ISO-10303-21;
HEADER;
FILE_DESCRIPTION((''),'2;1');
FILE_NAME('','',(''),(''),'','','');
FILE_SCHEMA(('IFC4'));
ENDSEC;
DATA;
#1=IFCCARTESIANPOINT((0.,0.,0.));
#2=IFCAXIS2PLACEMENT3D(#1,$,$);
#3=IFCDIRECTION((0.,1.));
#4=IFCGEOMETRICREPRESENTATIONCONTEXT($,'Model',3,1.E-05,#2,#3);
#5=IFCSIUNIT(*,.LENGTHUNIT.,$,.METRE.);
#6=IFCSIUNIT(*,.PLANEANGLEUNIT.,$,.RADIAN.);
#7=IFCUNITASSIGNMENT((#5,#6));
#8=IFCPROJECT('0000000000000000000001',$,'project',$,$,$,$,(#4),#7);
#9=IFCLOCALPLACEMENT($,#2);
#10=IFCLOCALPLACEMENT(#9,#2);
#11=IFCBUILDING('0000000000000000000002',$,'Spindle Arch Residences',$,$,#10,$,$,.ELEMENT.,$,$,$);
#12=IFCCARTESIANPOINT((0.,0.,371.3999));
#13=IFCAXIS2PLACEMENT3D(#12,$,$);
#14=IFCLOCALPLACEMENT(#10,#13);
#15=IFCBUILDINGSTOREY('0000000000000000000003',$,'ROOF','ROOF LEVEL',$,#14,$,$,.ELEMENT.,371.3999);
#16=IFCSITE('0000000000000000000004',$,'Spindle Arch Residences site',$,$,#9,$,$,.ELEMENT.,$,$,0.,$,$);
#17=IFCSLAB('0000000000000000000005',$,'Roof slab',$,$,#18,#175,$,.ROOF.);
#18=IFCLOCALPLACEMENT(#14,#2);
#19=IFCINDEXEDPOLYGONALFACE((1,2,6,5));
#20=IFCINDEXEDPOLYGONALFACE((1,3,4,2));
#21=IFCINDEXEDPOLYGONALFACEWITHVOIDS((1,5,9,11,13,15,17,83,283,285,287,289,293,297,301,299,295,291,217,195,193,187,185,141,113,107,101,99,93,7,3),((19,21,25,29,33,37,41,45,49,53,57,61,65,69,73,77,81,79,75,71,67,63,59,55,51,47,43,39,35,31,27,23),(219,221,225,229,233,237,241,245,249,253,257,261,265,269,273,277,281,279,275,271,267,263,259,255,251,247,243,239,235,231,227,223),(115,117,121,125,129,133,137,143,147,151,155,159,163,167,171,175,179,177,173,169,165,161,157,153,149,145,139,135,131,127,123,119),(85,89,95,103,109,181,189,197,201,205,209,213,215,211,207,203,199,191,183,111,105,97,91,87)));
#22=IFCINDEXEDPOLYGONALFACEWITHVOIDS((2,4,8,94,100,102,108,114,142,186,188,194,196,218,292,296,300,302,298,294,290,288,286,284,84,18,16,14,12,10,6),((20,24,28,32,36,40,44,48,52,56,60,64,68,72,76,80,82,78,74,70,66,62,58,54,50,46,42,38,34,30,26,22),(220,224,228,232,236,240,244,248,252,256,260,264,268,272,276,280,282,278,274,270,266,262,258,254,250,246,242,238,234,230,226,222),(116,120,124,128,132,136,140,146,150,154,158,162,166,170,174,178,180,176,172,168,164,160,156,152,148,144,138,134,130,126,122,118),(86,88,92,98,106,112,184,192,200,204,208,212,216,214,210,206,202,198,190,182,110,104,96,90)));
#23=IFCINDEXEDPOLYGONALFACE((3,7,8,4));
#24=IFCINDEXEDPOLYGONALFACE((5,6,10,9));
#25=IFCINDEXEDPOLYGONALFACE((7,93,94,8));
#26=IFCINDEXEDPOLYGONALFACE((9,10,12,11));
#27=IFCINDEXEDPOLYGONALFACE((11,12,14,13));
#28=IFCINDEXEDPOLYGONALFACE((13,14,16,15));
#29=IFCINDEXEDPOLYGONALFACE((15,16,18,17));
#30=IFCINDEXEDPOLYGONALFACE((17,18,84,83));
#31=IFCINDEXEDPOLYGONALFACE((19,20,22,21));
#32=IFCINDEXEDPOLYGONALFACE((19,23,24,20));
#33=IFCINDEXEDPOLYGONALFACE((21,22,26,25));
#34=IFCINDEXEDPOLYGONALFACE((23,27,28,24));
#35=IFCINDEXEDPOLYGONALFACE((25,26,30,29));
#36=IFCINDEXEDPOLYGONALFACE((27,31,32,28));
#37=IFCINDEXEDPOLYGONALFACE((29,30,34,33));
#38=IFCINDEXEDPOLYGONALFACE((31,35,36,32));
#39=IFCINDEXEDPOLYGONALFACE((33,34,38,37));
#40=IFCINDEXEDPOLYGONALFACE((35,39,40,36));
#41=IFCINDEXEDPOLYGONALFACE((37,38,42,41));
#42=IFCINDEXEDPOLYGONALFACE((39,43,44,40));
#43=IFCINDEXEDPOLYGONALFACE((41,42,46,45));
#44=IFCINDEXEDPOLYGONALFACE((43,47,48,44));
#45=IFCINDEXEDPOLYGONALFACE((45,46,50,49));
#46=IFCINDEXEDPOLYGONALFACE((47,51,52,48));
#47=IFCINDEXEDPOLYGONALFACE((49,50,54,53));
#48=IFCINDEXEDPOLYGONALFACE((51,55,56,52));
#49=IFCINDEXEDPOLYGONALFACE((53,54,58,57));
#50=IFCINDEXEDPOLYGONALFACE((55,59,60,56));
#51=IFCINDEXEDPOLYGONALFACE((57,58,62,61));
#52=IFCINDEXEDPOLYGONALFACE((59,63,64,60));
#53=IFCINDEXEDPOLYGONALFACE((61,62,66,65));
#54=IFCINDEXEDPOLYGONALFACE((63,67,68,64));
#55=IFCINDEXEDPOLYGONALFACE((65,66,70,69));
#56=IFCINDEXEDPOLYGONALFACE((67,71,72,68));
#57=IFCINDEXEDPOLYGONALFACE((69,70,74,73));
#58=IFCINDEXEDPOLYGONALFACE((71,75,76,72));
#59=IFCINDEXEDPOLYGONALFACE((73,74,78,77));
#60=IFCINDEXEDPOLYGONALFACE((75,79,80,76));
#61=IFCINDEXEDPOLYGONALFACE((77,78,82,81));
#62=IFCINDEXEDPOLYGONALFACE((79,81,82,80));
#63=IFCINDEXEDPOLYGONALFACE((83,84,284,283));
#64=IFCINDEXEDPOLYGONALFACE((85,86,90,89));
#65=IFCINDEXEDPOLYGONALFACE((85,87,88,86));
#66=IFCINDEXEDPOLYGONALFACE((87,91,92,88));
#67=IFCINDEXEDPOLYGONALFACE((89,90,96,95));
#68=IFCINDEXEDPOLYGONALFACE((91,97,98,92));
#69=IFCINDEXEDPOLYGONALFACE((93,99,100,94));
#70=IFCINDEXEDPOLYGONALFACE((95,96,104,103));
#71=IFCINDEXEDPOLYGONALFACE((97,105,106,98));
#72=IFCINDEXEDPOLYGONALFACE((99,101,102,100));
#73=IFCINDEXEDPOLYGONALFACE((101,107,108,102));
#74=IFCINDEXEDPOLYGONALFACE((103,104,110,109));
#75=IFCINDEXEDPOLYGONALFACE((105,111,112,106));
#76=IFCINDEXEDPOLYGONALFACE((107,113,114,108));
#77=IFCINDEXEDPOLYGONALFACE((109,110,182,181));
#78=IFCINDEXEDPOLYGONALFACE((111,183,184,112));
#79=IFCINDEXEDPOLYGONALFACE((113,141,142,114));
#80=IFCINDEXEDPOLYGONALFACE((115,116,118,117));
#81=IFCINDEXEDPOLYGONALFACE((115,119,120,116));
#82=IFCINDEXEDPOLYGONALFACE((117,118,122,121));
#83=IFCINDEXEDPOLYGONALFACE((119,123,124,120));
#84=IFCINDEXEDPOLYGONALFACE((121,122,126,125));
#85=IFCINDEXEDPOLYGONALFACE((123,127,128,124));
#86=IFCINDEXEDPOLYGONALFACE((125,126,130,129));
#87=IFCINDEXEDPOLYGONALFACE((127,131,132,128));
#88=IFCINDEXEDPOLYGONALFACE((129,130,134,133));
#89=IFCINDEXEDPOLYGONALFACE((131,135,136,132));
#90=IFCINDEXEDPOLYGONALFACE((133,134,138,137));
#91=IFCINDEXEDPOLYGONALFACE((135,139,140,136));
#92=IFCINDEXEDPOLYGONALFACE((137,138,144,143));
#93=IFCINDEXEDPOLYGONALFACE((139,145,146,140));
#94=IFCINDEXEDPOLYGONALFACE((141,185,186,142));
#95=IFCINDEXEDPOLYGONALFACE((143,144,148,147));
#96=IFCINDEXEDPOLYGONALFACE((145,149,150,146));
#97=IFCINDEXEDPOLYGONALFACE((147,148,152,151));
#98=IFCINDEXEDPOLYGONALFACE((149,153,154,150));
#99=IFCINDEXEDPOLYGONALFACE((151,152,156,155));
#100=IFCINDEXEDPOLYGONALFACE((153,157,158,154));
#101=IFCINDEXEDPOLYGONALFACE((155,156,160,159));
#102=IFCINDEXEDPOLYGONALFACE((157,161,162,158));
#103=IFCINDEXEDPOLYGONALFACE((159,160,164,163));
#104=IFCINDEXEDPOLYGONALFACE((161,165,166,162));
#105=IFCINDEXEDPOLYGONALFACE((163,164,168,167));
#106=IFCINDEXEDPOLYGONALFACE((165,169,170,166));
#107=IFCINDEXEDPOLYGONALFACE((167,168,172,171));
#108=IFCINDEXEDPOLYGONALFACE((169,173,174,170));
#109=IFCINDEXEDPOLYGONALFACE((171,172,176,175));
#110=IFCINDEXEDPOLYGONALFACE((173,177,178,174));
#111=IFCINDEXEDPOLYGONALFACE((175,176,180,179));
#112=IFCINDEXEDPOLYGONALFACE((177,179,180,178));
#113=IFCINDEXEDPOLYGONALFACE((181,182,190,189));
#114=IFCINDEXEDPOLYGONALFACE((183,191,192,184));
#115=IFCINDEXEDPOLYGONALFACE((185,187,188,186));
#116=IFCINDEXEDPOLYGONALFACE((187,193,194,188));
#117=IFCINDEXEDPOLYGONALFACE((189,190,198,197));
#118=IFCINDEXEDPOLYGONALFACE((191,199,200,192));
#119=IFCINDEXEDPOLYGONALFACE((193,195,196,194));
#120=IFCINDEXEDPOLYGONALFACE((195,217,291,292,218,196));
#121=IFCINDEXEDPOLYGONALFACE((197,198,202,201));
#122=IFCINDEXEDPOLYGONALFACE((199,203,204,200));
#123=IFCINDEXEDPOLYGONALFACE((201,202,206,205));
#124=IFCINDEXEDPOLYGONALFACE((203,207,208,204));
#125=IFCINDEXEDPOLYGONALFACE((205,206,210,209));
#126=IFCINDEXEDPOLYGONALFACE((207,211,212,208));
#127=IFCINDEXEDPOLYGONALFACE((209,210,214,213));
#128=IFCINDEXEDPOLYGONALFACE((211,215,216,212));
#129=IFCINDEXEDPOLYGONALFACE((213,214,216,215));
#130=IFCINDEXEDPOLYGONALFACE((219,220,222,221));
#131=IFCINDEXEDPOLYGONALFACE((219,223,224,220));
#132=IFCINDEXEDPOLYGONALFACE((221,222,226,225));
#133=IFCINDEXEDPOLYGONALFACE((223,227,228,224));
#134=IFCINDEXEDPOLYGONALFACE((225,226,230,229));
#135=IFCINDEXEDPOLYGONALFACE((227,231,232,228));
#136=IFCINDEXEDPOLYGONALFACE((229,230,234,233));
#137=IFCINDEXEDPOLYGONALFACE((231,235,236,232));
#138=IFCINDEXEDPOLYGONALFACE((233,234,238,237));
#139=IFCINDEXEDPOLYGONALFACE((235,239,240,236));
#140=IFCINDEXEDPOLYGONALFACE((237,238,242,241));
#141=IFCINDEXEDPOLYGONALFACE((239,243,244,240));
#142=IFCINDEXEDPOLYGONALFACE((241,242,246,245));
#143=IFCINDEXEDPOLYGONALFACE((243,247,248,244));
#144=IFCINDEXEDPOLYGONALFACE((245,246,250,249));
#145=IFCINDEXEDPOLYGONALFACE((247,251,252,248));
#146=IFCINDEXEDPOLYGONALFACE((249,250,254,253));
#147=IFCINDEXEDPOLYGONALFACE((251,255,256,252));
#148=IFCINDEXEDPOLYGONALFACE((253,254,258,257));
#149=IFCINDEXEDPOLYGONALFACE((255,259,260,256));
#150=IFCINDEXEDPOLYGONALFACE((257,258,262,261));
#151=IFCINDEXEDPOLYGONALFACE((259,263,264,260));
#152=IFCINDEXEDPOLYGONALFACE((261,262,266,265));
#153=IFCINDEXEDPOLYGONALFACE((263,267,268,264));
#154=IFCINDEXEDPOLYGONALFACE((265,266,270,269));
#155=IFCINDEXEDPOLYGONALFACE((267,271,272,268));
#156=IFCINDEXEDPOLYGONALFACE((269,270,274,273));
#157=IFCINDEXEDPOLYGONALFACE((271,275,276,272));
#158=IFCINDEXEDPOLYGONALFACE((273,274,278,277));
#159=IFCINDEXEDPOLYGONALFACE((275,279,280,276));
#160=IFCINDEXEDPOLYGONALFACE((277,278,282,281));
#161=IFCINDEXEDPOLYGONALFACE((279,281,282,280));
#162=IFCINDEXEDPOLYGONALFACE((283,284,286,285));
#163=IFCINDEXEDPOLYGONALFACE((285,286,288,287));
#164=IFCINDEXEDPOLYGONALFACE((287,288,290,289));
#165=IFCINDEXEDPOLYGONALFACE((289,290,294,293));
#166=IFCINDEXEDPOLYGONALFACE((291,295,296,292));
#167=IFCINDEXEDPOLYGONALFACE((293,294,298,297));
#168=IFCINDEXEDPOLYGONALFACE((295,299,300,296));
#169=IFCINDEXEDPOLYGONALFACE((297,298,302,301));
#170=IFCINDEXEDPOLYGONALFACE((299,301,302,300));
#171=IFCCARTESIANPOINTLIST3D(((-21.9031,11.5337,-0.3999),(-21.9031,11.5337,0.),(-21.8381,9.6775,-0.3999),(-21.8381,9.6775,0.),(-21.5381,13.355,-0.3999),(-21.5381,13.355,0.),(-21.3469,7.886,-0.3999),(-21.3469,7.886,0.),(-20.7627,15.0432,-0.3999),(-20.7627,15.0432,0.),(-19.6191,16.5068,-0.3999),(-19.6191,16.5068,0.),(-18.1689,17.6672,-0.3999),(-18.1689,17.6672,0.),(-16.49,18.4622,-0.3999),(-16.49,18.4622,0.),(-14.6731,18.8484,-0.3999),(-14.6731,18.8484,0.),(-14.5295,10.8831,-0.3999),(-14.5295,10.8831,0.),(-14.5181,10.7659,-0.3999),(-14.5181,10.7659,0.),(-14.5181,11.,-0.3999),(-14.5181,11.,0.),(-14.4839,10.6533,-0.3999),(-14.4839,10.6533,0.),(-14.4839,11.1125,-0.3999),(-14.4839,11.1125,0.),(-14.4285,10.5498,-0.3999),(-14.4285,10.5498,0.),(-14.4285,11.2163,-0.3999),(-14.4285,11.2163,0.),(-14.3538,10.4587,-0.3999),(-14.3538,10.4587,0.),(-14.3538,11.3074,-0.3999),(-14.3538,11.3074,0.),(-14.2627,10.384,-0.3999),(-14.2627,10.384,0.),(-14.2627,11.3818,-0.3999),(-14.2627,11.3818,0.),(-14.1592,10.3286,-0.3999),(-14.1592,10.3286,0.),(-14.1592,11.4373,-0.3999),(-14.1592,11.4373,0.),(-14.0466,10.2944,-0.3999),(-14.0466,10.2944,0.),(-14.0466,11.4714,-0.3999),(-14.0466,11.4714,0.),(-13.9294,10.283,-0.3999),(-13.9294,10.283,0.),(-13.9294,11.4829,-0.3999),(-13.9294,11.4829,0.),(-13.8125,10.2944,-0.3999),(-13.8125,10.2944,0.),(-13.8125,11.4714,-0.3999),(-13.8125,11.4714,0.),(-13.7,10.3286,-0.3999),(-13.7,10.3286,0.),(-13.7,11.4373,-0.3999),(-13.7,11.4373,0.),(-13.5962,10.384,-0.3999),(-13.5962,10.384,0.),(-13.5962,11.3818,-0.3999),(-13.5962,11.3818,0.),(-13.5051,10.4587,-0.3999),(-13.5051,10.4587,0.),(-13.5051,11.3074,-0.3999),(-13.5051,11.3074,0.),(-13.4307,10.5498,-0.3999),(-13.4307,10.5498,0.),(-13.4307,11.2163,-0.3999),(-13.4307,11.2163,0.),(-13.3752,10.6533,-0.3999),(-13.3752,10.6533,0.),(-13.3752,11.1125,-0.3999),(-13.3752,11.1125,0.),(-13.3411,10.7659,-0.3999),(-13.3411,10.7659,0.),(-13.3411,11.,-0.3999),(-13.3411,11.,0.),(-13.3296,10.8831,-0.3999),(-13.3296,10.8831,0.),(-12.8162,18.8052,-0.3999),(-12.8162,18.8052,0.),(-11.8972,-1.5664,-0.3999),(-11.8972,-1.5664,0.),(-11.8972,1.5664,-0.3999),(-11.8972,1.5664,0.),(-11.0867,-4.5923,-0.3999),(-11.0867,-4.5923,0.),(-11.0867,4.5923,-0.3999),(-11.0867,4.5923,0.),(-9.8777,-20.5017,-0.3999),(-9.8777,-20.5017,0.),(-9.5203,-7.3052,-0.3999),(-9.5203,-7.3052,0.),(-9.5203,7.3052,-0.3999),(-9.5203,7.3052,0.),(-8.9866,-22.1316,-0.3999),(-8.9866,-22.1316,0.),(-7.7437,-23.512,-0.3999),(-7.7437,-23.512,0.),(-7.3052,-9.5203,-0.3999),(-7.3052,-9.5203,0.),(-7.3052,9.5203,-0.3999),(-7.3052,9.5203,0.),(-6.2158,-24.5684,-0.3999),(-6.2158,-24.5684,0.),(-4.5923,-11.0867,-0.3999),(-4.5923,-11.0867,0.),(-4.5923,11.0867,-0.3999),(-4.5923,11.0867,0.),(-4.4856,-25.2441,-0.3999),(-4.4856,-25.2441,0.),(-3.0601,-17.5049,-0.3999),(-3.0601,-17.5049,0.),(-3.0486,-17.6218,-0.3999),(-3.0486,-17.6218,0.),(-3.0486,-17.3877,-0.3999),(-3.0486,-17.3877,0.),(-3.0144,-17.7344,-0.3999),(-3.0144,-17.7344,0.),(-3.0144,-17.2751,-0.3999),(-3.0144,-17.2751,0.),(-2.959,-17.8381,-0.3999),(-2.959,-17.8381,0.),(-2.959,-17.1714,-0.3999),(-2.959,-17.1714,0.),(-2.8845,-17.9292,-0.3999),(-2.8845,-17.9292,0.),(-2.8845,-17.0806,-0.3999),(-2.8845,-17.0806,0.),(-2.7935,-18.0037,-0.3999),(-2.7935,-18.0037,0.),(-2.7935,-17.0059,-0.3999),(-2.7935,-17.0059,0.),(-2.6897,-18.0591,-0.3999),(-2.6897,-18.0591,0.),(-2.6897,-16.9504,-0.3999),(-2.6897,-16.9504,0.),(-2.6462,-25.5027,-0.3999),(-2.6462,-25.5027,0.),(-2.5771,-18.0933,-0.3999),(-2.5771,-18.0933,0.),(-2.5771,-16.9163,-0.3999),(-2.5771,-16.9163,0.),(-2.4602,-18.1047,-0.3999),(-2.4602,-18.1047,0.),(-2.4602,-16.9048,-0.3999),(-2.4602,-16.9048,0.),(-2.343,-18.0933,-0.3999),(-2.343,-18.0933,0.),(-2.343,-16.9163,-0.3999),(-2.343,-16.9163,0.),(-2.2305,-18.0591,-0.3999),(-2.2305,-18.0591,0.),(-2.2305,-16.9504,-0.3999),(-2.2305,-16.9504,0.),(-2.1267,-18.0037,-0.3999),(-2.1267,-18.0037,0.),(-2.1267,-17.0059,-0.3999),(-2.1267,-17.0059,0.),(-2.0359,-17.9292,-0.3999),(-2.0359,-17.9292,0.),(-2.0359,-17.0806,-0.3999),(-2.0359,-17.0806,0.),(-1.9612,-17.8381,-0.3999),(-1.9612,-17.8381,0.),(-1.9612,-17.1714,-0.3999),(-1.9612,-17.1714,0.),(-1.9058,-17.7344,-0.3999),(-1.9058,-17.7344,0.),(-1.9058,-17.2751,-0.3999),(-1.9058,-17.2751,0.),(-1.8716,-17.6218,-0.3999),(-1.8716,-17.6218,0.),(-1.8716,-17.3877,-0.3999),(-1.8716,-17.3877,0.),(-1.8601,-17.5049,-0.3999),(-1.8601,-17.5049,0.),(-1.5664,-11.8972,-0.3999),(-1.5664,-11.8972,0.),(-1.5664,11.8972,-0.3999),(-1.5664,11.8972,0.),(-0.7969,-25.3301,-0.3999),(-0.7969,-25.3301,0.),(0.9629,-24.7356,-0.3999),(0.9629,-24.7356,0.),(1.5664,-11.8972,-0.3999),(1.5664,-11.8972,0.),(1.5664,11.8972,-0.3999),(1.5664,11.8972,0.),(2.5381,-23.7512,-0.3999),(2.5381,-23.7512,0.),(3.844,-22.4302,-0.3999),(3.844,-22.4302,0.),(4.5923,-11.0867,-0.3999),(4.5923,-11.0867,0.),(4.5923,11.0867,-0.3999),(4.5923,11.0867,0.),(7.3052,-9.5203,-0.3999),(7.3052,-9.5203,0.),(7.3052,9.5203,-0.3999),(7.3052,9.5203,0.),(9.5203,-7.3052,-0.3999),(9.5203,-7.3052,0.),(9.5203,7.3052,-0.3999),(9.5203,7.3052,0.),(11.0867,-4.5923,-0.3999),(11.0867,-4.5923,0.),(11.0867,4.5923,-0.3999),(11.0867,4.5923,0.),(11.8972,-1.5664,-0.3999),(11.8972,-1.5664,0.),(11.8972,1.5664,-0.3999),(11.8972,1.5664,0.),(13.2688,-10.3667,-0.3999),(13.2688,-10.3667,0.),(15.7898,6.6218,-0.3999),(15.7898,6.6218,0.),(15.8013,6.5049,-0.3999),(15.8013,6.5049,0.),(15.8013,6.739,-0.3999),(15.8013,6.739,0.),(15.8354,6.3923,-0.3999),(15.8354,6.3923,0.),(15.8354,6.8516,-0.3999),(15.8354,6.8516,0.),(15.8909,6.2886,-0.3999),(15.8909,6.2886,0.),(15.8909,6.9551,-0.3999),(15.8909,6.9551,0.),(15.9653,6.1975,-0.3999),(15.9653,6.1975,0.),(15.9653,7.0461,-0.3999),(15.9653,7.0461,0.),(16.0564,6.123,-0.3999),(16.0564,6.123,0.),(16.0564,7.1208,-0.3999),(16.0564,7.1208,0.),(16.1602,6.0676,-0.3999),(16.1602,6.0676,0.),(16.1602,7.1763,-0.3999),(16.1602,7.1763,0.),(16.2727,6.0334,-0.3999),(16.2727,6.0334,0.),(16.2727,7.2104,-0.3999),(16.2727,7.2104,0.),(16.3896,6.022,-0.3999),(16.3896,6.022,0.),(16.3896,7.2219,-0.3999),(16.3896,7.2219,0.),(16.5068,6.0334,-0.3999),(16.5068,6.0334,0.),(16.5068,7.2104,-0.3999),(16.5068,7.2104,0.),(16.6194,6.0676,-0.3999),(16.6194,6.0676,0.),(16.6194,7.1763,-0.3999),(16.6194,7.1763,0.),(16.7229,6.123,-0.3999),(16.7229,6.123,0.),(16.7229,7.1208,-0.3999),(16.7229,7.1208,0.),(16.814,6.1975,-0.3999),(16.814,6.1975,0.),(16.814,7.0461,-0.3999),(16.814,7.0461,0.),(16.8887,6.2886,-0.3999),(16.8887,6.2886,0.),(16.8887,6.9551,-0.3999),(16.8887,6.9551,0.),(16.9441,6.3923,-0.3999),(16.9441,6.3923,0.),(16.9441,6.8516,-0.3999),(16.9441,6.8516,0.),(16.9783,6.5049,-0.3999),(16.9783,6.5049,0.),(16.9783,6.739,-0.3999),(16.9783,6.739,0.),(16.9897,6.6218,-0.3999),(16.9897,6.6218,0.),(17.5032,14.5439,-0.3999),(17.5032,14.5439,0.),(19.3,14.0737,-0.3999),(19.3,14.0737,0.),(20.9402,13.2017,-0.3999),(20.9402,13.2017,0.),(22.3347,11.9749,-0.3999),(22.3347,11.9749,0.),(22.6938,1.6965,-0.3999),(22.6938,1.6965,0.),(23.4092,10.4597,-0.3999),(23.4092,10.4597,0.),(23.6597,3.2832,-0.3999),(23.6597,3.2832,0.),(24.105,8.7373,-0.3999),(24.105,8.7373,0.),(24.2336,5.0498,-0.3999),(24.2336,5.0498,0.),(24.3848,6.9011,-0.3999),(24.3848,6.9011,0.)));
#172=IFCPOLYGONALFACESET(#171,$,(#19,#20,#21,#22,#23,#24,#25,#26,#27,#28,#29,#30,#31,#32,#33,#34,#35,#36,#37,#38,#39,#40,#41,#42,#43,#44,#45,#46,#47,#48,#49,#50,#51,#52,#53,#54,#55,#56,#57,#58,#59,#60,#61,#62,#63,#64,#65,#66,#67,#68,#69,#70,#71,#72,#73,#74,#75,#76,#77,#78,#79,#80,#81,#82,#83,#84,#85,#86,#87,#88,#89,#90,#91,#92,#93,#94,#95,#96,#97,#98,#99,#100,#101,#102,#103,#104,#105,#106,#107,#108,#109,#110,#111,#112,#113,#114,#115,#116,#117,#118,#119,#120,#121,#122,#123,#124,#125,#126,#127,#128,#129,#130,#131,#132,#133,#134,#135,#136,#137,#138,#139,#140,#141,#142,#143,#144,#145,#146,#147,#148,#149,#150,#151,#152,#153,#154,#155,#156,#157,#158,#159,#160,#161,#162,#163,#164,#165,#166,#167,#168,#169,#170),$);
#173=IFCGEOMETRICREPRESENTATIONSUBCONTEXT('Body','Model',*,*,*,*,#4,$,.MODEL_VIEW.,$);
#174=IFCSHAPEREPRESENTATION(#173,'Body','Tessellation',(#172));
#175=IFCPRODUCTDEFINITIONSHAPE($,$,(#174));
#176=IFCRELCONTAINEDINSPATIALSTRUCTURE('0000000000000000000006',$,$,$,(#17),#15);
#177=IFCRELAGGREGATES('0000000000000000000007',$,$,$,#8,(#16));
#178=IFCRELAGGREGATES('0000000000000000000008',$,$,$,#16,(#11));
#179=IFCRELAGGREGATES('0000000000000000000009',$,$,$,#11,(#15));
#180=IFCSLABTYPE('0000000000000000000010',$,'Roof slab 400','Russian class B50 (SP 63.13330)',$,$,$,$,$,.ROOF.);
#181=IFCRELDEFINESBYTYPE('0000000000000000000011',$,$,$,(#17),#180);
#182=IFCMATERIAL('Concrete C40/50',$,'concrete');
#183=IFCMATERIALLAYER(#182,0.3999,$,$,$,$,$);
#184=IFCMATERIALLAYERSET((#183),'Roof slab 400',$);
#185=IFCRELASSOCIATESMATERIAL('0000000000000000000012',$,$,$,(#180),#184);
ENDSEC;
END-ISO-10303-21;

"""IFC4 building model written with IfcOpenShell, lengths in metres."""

from ifc_helpers import new_model, si_unit, direction, frame, origin, place, context, subcontext, project, spatial, polyline, outline, extrude, material, layer, layer_set, type_object, element, save


model = new_model("IFC4")

# Units and contexts
model_context = context("Model", 3, precision=1e-05, world=origin(), true_north=direction((0.0, 1.0)))
body_context = subcontext(model_context, "Body", "Model", "MODEL_VIEW")
ifc_project = project(units=[si_unit("LENGTHUNIT", "METRE"), si_unit("PLANEANGLEUNIT", "RADIAN")], contexts=[model_context])

# Site, building, storey
site_placement = place(None, origin())
site = spatial("IfcSite", under=ifc_project, at=site_placement, Name="Spindle Arch Residences site", CompositionType="ELEMENT", RefElevation=0.0)
building_placement = place(site_placement, origin())
building = spatial("IfcBuilding", under=site, at=building_placement, Name="Spindle Arch Residences", CompositionType="ELEMENT")
storey_placement = place(building_placement, frame((0.0, 0.0, 371.3999)))
storey = spatial("IfcBuildingStorey", under=building, at=storey_placement, Name="ROOF", Description="ROOF LEVEL", CompositionType="ELEMENT", Elevation=371.3999)

# Slab
ifc_material_1 = material(Name="Concrete C40/50", Category="concrete")
ifc_layer_1 = layer(ifc_material_1, 0.3999)
ifc_layer_set_1 = layer_set([ifc_layer_1], Name="Roof slab 400")
slab_type_1 = type_object("IfcSlabType", Name="Roof slab 400", Description="Russian class B50 (SP 63.13330)", PredefinedType="ROOF", material=ifc_layer_set_1)
slab_1_placement = place(storey_placement, frame((0.0, 0.0, -0.3999)))
element("IfcSlab", 1, at=slab_1_placement, inside=storey, type_object=slab_type_1, Name="Roof slab", PredefinedType="ROOF", context=body_context, shape_type="SweptSolid", body=[
    extrude(outline(polyline([(2.5381, -23.7512), (0.9629, -24.7356), (-0.7969, -25.3301), (-2.6462, -25.5027), (-4.4856, -25.2441), (-6.2158, -24.5684), (-7.7437, -23.512), (-8.9866, -22.1316), (-9.8777, -20.5017), (-21.3469, 7.886), (-21.8381, 9.6775), (-21.9031, 11.5337), (-21.5381, 13.355), (-20.7627, 15.0432), (-19.6191, 16.5068), (-18.1689, 17.6672), (-16.49, 18.4622), (-14.6731, 18.8484), (-12.8162, 18.8052), (17.5032, 14.5439), (19.3, 14.0737), (20.9402, 13.2017), (22.3347, 11.9749), (23.4092, 10.4597), (24.105, 8.7373), (24.3848, 6.9011), (24.2336, 5.0498), (23.6597, 3.2832), (22.6938, 1.6965), (13.2688, -10.3667), (3.844, -22.4302), (2.5381, -23.7512)]), holes=[polyline([(7.3052, -9.5203), (9.5203, -7.3052), (11.0867, -4.5923), (11.8972, -1.5664), (11.8972, 1.5664), (11.0867, 4.5923), (9.5203, 7.3052), (7.3052, 9.5203), (4.5923, 11.0867), (1.5664, 11.8972), (-1.5664, 11.8972), (-4.5923, 11.0867), (-7.3052, 9.5203), (-9.5203, 7.3052), (-11.0867, 4.5923), (-11.8972, 1.5664), (-11.8972, -1.5664), (-11.0867, -4.5923), (-9.5203, -7.3052), (-7.3052, -9.5203), (-4.5923, -11.0867), (-1.5664, -11.8972), (1.5664, -11.8972), (4.5923, -11.0867), (7.3052, -9.5203)]), polyline([(-1.8601, -17.5049), (-1.8716, -17.3877), (-1.9058, -17.2751), (-1.9612, -17.1714), (-2.0359, -17.0806), (-2.1267, -17.0059), (-2.2305, -16.9504), (-2.343, -16.9163), (-2.4602, -16.9048), (-2.5771, -16.9163), (-2.6897, -16.9504), (-2.7935, -17.0059), (-2.8845, -17.0806), (-2.959, -17.1714), (-3.0144, -17.2751), (-3.0486, -17.3877), (-3.0601, -17.5049), (-3.0486, -17.6218), (-3.0144, -17.7344), (-2.959, -17.8381), (-2.8845, -17.9292), (-2.7935, -18.0037), (-2.6897, -18.0591), (-2.5771, -18.0933), (-2.4602, -18.1047), (-2.343, -18.0933), (-2.2305, -18.0591), (-2.1267, -18.0037), (-2.0359, -17.9292), (-1.9612, -17.8381), (-1.9058, -17.7344), (-1.8716, -17.6218), (-1.8601, -17.5049)]), polyline([(16.9783, 6.5049), (16.9897, 6.6218), (16.9783, 6.739), (16.9441, 6.8516), (16.8887, 6.9551), (16.814, 7.0461), (16.7229, 7.1208), (16.6194, 7.1763), (16.5068, 7.2104), (16.3896, 7.2219), (16.2727, 7.2104), (16.1602, 7.1763), (16.0564, 7.1208), (15.9653, 7.0461), (15.8909, 6.9551), (15.8354, 6.8516), (15.8013, 6.739), (15.7898, 6.6218), (15.8013, 6.5049), (15.8354, 6.3923), (15.8909, 6.2886), (15.9653, 6.1975), (16.0564, 6.123), (16.1602, 6.0676), (16.2727, 6.0334), (16.3896, 6.022), (16.5068, 6.0334), (16.6194, 6.0676), (16.7229, 6.123), (16.814, 6.1975), (16.8887, 6.2886), (16.9441, 6.3923), (16.9783, 6.5049)]), polyline([(-13.3411, 10.7659), (-13.3296, 10.8831), (-13.3411, 11.0), (-13.3752, 11.1125), (-13.4307, 11.2163), (-13.5051, 11.3074), (-13.5962, 11.3818), (-13.7, 11.4373), (-13.8125, 11.4714), (-13.9294, 11.4829), (-14.0466, 11.4714), (-14.1592, 11.4373), (-14.2627, 11.3818), (-14.3538, 11.3074), (-14.4285, 11.2163), (-14.4839, 11.1125), (-14.5181, 11.0), (-14.5295, 10.8831), (-14.5181, 10.7659), (-14.4839, 10.6533), (-14.4285, 10.5498), (-14.3538, 10.4587), (-14.2627, 10.384), (-14.1592, 10.3286), (-14.0466, 10.2944), (-13.9294, 10.283), (-13.8125, 10.2944), (-13.7, 10.3286), (-13.5962, 10.384), (-13.5051, 10.4587), (-13.4307, 10.5498), (-13.3752, 10.6533), (-13.3411, 10.7659)])]), origin(), (0.0, 0.0, 1.0), 0.3999),
])

save(model, "model.ifc")
